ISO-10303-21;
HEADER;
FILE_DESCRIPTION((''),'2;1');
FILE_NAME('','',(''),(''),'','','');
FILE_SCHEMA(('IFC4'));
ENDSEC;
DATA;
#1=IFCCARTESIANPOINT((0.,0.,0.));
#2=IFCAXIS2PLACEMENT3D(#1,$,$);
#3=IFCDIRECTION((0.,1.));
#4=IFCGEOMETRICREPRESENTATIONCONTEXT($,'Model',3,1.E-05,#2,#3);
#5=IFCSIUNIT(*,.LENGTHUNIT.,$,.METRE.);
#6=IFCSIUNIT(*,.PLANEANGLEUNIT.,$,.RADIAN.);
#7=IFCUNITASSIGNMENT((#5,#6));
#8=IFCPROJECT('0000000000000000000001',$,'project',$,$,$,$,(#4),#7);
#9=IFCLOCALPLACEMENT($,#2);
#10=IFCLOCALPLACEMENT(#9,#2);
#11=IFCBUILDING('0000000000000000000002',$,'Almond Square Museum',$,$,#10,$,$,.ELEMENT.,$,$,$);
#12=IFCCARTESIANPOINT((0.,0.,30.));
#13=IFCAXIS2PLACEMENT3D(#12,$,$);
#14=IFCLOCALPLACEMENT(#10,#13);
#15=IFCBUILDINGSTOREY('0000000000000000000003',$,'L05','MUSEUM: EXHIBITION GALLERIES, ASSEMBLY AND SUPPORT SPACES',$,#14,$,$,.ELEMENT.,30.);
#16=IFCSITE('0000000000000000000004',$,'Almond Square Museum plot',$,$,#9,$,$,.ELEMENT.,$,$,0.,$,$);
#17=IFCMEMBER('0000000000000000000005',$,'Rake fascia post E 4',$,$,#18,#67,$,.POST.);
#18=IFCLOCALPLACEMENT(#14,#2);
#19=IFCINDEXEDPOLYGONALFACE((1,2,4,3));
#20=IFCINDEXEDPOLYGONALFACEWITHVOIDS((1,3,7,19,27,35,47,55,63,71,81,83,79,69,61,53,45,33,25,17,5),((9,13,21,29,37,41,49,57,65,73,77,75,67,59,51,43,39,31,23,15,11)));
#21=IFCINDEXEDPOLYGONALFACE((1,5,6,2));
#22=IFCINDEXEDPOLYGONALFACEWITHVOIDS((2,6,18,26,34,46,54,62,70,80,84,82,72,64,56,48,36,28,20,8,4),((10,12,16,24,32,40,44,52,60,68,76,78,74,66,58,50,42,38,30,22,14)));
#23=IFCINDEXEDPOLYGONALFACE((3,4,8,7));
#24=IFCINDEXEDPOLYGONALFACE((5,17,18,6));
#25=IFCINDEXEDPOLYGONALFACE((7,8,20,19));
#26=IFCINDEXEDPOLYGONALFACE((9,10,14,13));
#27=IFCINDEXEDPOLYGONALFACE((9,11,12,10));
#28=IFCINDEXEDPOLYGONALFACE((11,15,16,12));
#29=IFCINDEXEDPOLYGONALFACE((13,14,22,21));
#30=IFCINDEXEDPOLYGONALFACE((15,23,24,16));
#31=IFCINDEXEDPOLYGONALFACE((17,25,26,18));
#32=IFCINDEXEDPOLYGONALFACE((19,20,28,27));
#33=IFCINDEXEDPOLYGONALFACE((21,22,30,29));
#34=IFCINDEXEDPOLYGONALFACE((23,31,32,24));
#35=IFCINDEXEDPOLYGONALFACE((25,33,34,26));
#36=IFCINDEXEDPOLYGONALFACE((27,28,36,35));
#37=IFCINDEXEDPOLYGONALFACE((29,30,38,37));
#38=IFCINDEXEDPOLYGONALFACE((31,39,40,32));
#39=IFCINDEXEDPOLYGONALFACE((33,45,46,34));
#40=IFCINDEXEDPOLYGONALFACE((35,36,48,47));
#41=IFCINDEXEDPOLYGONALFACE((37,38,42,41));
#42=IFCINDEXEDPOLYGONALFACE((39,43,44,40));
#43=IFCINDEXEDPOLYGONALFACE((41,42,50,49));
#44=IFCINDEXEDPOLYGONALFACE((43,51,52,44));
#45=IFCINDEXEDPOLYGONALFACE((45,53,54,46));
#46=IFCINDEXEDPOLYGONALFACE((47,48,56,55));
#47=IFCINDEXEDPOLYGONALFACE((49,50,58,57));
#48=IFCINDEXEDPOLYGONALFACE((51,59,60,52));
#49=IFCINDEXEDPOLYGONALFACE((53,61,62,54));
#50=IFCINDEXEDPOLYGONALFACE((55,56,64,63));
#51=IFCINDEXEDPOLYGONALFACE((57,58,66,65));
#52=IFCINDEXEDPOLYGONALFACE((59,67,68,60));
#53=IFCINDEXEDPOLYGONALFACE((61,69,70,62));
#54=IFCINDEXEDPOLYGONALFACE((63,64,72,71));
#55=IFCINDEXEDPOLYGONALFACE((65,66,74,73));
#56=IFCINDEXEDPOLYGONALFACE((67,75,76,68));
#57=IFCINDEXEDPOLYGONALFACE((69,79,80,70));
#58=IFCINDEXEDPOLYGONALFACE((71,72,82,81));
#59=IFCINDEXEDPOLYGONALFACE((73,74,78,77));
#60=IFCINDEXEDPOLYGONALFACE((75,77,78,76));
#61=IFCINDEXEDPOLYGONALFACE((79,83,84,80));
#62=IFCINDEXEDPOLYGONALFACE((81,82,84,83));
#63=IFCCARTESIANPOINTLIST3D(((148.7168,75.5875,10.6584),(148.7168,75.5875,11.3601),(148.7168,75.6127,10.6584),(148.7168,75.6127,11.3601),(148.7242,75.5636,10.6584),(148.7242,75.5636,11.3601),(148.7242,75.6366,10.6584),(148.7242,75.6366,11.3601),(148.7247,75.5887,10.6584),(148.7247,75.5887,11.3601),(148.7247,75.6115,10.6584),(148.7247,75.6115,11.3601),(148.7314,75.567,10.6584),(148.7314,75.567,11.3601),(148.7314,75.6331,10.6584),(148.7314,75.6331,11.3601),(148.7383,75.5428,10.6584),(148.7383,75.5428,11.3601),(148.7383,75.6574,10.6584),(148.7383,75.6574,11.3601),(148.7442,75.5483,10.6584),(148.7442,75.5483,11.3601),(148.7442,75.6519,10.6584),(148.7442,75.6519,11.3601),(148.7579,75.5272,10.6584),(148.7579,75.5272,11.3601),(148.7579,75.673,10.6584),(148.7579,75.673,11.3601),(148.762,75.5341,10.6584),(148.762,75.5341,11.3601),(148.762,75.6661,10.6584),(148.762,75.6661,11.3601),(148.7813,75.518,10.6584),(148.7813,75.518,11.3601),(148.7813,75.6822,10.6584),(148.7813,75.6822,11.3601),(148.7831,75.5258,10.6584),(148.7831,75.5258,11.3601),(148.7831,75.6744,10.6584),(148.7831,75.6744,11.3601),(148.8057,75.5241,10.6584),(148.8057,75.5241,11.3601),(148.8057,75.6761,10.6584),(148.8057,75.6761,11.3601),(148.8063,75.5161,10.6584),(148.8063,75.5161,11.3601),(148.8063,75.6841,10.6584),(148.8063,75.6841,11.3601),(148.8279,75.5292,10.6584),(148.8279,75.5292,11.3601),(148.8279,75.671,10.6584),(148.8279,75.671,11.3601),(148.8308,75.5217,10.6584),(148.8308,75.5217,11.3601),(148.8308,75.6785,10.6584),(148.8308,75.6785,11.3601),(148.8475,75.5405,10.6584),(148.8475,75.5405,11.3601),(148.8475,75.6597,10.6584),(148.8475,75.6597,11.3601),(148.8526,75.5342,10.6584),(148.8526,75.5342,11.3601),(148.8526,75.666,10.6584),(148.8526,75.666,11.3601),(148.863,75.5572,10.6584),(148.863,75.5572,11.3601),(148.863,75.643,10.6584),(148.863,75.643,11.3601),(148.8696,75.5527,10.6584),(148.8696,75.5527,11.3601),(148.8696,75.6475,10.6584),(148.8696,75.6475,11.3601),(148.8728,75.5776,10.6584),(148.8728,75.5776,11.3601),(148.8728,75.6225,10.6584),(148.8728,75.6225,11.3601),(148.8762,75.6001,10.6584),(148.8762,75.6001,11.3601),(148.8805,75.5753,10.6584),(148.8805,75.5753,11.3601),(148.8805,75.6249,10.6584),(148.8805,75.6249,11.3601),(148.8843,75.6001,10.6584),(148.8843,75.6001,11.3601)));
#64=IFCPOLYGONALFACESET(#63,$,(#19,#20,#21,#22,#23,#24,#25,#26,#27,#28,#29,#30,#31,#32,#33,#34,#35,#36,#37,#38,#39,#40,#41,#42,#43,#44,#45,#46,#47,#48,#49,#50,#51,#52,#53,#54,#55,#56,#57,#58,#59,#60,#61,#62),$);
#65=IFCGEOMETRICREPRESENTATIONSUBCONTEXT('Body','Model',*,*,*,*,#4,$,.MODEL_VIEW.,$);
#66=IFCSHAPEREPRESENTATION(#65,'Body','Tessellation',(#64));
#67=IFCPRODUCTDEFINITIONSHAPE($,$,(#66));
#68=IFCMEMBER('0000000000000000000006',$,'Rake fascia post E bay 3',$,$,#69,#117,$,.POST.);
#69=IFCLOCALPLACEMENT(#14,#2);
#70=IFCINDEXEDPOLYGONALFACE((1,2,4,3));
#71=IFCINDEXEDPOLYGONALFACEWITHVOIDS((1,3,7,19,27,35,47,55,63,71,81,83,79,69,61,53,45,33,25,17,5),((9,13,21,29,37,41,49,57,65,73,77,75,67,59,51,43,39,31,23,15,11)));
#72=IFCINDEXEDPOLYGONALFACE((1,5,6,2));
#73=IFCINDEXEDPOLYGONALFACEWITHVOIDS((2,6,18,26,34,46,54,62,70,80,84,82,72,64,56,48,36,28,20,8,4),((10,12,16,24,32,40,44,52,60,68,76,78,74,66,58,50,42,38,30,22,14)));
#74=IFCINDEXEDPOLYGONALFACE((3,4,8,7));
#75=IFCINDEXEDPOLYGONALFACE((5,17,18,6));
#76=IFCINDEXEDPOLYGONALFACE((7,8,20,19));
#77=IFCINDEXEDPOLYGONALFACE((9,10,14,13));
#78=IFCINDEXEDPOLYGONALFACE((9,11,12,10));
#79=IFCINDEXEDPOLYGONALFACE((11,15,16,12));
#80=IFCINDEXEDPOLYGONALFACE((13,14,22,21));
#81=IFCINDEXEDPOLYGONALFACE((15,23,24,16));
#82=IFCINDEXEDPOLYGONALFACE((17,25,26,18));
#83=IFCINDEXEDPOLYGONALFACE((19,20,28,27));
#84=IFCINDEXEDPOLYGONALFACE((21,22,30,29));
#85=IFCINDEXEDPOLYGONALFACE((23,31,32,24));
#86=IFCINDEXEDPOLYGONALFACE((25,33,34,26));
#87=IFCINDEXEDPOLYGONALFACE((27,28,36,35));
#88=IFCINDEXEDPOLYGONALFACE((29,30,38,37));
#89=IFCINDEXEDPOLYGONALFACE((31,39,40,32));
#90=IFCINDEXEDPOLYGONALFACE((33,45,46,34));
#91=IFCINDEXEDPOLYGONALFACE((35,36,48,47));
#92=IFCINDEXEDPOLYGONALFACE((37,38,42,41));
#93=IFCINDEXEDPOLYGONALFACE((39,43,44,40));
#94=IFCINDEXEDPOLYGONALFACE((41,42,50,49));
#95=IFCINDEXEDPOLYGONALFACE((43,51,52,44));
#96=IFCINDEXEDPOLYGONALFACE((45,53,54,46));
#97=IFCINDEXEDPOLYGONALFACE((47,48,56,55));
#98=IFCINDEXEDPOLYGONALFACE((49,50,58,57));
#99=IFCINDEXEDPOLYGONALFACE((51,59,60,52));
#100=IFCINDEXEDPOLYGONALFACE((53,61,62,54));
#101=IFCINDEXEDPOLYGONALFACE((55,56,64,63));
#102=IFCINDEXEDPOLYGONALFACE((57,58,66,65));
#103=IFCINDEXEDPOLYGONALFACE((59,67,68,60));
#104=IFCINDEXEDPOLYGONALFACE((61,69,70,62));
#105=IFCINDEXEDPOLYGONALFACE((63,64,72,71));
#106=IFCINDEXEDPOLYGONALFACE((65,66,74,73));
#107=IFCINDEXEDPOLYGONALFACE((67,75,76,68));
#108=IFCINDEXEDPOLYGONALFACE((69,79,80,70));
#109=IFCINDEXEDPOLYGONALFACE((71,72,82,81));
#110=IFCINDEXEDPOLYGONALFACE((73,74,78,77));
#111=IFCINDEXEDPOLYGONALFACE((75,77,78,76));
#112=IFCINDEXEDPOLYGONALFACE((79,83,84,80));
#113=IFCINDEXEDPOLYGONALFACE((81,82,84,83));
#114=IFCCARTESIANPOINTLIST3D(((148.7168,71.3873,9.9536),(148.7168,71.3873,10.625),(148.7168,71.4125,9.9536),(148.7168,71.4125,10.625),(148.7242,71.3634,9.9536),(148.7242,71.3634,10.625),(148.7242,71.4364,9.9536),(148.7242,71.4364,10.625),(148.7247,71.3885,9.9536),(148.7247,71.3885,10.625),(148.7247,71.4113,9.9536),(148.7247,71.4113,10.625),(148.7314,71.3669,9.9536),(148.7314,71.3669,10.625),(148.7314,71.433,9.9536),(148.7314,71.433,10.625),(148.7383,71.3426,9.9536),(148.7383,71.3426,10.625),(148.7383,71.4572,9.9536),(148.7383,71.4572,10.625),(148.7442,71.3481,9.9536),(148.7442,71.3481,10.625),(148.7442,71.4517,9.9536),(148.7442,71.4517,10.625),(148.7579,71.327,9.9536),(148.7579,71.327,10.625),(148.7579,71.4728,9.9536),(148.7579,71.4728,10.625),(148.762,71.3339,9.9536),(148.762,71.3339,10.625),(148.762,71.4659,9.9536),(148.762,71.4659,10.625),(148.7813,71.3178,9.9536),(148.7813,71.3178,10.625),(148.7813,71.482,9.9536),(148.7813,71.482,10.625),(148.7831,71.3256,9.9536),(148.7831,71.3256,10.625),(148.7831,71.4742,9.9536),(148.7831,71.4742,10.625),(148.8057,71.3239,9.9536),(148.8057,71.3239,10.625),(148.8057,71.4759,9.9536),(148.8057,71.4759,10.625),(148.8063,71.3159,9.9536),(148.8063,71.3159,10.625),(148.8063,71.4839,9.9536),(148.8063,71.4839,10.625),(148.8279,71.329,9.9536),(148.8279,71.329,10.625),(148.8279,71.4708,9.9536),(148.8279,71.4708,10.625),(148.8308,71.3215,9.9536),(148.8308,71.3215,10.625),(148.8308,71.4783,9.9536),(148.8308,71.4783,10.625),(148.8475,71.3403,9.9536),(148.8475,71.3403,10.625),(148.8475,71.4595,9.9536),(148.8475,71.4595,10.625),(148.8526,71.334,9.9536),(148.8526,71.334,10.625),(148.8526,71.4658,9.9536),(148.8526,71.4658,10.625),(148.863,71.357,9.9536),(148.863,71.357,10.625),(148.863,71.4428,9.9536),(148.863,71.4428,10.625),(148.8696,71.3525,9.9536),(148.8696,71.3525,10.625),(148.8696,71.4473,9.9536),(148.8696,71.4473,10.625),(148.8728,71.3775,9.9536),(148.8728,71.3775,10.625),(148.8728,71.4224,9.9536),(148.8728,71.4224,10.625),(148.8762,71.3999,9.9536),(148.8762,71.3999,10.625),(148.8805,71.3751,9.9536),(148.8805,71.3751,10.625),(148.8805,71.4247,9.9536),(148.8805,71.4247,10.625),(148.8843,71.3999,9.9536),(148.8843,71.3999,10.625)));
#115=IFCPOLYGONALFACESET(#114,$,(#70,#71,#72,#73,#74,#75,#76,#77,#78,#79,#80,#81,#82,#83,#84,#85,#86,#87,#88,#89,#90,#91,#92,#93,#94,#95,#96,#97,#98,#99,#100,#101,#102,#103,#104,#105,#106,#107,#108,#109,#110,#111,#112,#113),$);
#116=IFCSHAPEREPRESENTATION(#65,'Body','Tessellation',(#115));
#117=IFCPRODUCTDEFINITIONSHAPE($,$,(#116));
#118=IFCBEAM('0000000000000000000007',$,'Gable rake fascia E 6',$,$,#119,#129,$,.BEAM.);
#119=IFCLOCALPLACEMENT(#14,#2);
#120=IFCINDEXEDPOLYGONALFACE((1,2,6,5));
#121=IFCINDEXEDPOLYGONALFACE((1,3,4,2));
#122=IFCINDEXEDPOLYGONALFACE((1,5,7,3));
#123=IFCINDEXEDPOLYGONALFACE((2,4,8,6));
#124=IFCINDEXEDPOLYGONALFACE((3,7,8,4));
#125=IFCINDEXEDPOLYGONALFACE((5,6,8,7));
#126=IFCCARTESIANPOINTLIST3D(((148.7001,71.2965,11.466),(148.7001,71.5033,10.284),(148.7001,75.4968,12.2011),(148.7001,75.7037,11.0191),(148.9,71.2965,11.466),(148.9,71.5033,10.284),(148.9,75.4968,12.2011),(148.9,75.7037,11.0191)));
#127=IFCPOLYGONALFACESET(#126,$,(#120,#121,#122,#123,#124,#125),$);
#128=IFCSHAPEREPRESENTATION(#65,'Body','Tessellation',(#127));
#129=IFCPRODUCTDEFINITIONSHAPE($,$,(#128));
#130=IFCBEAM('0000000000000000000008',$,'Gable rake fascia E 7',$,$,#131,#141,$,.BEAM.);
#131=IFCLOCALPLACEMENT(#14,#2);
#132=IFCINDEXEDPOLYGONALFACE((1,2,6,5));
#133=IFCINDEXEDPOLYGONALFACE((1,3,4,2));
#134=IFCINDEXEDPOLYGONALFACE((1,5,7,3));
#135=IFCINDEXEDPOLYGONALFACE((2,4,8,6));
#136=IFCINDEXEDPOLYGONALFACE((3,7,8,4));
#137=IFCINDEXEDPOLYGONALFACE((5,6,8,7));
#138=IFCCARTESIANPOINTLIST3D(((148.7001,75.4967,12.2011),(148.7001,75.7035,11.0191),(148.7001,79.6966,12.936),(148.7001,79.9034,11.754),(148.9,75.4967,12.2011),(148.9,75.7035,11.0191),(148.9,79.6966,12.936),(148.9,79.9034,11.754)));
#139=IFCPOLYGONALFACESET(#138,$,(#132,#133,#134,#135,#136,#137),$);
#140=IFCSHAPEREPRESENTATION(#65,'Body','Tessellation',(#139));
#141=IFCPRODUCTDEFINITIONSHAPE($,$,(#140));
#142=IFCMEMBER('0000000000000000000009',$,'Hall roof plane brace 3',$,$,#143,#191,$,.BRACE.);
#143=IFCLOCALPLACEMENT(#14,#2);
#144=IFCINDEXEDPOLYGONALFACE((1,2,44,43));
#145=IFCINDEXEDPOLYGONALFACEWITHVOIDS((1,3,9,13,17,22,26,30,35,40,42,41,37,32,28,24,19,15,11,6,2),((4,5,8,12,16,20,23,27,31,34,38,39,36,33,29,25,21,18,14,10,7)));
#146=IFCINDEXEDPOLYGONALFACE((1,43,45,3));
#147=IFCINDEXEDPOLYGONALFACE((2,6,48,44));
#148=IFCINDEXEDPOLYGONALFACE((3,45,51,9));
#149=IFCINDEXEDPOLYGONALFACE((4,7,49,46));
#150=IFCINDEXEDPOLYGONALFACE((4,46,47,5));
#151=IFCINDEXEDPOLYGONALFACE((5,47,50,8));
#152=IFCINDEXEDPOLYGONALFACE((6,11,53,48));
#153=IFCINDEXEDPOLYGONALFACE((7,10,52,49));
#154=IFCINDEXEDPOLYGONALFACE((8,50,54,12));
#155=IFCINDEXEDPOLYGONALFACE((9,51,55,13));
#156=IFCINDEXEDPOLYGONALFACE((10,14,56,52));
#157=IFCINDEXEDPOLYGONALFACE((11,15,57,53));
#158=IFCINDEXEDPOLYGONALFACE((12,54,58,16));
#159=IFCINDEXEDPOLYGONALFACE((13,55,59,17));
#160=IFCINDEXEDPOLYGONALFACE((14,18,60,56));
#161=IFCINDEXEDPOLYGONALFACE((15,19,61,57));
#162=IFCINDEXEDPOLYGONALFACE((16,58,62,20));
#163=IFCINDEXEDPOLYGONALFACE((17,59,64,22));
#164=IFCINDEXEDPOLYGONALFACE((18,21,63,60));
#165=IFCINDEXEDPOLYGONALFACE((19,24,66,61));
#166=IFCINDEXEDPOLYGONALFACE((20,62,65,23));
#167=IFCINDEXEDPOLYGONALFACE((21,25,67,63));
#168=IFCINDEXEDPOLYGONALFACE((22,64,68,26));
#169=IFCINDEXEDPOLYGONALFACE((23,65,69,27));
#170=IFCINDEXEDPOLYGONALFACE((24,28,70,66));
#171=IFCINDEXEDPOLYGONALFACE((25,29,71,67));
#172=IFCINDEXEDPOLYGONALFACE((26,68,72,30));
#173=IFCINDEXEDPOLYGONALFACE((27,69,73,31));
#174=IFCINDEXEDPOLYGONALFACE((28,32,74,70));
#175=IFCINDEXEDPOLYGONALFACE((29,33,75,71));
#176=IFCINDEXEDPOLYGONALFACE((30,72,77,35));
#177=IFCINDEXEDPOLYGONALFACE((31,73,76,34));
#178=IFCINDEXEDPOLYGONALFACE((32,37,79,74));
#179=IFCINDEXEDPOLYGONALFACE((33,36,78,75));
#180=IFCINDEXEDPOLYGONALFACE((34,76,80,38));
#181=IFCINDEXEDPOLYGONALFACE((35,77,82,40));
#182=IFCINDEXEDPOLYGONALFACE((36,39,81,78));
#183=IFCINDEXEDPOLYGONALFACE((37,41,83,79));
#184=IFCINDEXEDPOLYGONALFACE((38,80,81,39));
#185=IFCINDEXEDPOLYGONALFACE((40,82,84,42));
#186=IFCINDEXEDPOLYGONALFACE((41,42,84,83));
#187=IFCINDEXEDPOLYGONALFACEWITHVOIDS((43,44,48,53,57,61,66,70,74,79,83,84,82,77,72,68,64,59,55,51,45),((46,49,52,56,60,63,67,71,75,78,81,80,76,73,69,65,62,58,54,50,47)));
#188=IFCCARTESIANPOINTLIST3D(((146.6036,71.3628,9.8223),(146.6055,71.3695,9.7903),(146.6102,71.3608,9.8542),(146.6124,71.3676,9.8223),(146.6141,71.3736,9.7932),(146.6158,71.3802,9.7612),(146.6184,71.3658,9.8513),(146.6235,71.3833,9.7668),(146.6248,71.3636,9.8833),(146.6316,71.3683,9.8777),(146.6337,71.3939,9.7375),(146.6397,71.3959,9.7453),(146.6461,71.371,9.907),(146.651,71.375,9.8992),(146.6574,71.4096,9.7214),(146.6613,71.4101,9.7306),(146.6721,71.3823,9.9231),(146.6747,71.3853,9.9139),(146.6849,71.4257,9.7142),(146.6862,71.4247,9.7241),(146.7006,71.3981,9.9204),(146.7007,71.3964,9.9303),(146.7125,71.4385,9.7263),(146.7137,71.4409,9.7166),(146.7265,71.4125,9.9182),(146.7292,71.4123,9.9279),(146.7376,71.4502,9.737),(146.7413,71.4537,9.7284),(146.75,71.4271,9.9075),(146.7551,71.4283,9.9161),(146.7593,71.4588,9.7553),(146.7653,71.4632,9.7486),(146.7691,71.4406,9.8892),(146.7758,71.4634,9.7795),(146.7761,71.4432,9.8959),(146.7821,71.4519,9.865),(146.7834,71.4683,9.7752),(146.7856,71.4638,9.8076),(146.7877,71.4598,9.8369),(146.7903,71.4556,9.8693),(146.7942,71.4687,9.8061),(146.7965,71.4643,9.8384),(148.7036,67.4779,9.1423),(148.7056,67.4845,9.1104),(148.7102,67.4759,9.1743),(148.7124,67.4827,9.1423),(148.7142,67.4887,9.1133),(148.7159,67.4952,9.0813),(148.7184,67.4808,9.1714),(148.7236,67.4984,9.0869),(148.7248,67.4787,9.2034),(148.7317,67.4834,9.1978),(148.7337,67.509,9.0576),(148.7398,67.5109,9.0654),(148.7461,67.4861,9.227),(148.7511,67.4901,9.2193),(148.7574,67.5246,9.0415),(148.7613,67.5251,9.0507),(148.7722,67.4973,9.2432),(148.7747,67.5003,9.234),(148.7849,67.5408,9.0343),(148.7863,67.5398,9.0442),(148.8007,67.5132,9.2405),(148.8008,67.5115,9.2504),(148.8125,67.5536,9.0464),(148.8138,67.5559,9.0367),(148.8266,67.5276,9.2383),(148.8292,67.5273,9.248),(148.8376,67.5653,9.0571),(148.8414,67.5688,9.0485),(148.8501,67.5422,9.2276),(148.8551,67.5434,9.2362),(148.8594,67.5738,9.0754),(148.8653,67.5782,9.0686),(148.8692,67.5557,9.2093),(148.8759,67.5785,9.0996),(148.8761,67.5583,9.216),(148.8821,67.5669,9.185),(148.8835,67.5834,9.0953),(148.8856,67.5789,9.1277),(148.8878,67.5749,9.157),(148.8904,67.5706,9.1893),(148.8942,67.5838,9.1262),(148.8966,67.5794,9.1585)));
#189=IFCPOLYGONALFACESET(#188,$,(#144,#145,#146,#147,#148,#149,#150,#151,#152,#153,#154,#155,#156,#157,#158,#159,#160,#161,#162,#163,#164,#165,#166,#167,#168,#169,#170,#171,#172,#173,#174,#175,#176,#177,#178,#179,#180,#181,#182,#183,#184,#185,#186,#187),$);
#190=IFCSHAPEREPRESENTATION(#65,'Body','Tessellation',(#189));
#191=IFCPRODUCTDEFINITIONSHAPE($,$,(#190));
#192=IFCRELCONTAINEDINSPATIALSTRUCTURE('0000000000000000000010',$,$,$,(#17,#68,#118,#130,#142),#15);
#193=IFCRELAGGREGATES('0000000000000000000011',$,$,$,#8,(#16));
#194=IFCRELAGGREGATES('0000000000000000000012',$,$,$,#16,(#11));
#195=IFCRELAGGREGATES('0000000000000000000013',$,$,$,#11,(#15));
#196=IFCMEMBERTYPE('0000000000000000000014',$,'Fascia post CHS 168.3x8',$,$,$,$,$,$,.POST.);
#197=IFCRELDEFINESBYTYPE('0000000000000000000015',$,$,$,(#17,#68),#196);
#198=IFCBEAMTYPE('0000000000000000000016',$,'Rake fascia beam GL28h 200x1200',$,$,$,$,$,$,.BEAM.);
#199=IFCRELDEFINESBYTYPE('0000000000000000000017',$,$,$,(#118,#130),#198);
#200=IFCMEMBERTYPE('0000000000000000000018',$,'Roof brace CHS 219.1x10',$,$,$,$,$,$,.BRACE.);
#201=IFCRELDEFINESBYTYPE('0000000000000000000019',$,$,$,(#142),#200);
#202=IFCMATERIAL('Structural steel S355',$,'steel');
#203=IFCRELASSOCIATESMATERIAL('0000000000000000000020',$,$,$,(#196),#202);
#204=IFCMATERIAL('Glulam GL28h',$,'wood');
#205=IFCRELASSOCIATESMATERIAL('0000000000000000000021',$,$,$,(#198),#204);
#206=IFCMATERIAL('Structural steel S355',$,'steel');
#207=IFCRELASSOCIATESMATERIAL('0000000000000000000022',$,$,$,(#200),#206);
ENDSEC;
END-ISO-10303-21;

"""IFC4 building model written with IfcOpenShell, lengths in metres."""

from ifc_helpers import new_model, si_unit, direction, frame, origin, origin_2d, place, context, subcontext, project, spatial, rectangle, hollow_circle, extrude, material, material_profile, profile_set, type_object, element, save


model = new_model("IFC4")

# Units and contexts
model_context = context("Model", 3, precision=1e-05, world=origin(), true_north=direction((0.0, 1.0)))
body_context = subcontext(model_context, "Body", "Model", "MODEL_VIEW")
ifc_project = project(units=[si_unit("LENGTHUNIT", "METRE"), si_unit("PLANEANGLEUNIT", "RADIAN")], contexts=[model_context])

# Site, building, storey
site_placement = place(None, origin())
site = spatial("IfcSite", under=ifc_project, at=site_placement, Name="Almond Square Museum plot", CompositionType="ELEMENT", RefElevation=0.0)
building_placement = place(site_placement, origin())
building = spatial("IfcBuilding", under=site, at=building_placement, Name="Almond Square Museum", CompositionType="ELEMENT")
storey_placement = place(building_placement, frame((0.0, 0.0, 30.0)))
storey = spatial("IfcBuildingStorey", under=building, at=storey_placement, Name="L05", Description="MUSEUM: EXHIBITION GALLERIES, ASSEMBLY AND SUPPORT SPACES", CompositionType="ELEMENT", Elevation=30.0)

# Members
ifc_material_1 = material(Name="Structural steel S355", Category="steel")
ifc_material_profile_1 = material_profile(ifc_material_1, hollow_circle(Radius=0.0842, WallThickness=0.0081, at=origin_2d()))
ifc_profile_set_1 = profile_set([ifc_material_profile_1], Name="Structural steel S355")
member_type_1 = type_object("IfcMemberType", Name="Fascia post CHS 168.3x8", PredefinedType="POST", material=ifc_profile_set_1)
member_1_placement = place(storey_placement, frame((148.8, 75.6001, 10.6584), z_axis=(0.0, 0.0, 1.0), x_axis=(1.0, 0.0, 0.0)))
element("IfcMember", 1, at=member_1_placement, inside=storey, type_object=member_type_1, Name="Rake fascia post E 4", PredefinedType="POST", context=body_context, shape_type="SweptSolid", body=[
    extrude(hollow_circle(Radius=0.0842, WallThickness=0.0081, at=origin_2d()), origin(), (0.0, 0.0, 1.0), 0.7017),
])
member_2_placement = place(storey_placement, frame((148.8, 71.3999, 9.9536), z_axis=(0.0, 0.0, 1.0), x_axis=(1.0, 0.0, 0.0)))
element("IfcMember", 2, at=member_2_placement, inside=storey, type_object=member_type_1, Name="Rake fascia post E bay 3", PredefinedType="POST", context=body_context, shape_type="SweptSolid", body=[
    extrude(hollow_circle(Radius=0.0842, WallThickness=0.0081, at=origin_2d()), origin(), (0.0, 0.0, 1.0), 0.6714),
])

# Beams
ifc_material_2 = material(Name="Glulam GL28h", Category="wood")
ifc_material_profile_2 = material_profile(ifc_material_2, rectangle(XDim=0.2, YDim=1.2, at=origin_2d()))
ifc_profile_set_2 = profile_set([ifc_material_profile_2], Name="Glulam GL28h")
beam_type = type_object("IfcBeamType", Name="Rake fascia beam GL28h 200x1200", PredefinedType="BEAM", material=ifc_profile_set_2)
beam_1_placement = place(storey_placement, frame((148.8, 71.3999, 10.875), z_axis=(0.0, 0.985028, 0.172397), x_axis=(-1.0, 0.0, 0.0)))
element("IfcBeam", 3, at=beam_1_placement, inside=storey, type_object=beam_type, Name="Gable rake fascia E 6", PredefinedType="BEAM", context=body_context, shape_type="SweptSolid", body=[
    extrude(rectangle(XDim=0.2, YDim=1.2, at=origin_2d()), origin(), (0.0, 0.0, 1.0), 4.2642),
])
beam_2_placement = place(storey_placement, frame((148.8, 75.6001, 11.6101), z_axis=(0.0, 0.985036, 0.172351), x_axis=(-1.0, 0.0, 0.0)))
element("IfcBeam", 4, at=beam_2_placement, inside=storey, type_object=beam_type, Name="Gable rake fascia E 7", PredefinedType="BEAM", context=body_context, shape_type="SweptSolid", body=[
    extrude(rectangle(XDim=0.2, YDim=1.2, at=origin_2d()), origin(), (0.0, 0.0, 1.0), 4.2637),
])

# Member
ifc_material_3 = material(Name="Structural steel S355", Category="steel")
ifc_material_profile_3 = material_profile(ifc_material_3, hollow_circle(Radius=0.1096, WallThickness=0.01, at=origin_2d()))
ifc_profile_set_3 = profile_set([ifc_material_profile_3], Name="Structural steel S355")
member_type_2 = type_object("IfcMemberType", Name="Roof brace CHS 219.1x10", PredefinedType="BRACE", material=ifc_profile_set_3)
for number, where, z_axis, x_axis, name in (
    (5, (148.8, 67.53, 9.1423), (-0.469996, 0.869454, 0.152167), (-0.879698, -0.475533, 0.0), "Hall roof plane brace 3"),
):
    element("IfcMember", number, at=place(storey_placement, frame(where, z_axis=z_axis, x_axis=x_axis)), inside=storey, type_object=member_type_2, Name=name, PredefinedType="BRACE", context=body_context, shape_type="SweptSolid", body=[
        extrude(hollow_circle(Radius=0.1096, WallThickness=0.01, at=origin_2d()), origin(), (0.0, 0.0, 1.0), 4.4683),
    ])

save(model, "model.ifc")
